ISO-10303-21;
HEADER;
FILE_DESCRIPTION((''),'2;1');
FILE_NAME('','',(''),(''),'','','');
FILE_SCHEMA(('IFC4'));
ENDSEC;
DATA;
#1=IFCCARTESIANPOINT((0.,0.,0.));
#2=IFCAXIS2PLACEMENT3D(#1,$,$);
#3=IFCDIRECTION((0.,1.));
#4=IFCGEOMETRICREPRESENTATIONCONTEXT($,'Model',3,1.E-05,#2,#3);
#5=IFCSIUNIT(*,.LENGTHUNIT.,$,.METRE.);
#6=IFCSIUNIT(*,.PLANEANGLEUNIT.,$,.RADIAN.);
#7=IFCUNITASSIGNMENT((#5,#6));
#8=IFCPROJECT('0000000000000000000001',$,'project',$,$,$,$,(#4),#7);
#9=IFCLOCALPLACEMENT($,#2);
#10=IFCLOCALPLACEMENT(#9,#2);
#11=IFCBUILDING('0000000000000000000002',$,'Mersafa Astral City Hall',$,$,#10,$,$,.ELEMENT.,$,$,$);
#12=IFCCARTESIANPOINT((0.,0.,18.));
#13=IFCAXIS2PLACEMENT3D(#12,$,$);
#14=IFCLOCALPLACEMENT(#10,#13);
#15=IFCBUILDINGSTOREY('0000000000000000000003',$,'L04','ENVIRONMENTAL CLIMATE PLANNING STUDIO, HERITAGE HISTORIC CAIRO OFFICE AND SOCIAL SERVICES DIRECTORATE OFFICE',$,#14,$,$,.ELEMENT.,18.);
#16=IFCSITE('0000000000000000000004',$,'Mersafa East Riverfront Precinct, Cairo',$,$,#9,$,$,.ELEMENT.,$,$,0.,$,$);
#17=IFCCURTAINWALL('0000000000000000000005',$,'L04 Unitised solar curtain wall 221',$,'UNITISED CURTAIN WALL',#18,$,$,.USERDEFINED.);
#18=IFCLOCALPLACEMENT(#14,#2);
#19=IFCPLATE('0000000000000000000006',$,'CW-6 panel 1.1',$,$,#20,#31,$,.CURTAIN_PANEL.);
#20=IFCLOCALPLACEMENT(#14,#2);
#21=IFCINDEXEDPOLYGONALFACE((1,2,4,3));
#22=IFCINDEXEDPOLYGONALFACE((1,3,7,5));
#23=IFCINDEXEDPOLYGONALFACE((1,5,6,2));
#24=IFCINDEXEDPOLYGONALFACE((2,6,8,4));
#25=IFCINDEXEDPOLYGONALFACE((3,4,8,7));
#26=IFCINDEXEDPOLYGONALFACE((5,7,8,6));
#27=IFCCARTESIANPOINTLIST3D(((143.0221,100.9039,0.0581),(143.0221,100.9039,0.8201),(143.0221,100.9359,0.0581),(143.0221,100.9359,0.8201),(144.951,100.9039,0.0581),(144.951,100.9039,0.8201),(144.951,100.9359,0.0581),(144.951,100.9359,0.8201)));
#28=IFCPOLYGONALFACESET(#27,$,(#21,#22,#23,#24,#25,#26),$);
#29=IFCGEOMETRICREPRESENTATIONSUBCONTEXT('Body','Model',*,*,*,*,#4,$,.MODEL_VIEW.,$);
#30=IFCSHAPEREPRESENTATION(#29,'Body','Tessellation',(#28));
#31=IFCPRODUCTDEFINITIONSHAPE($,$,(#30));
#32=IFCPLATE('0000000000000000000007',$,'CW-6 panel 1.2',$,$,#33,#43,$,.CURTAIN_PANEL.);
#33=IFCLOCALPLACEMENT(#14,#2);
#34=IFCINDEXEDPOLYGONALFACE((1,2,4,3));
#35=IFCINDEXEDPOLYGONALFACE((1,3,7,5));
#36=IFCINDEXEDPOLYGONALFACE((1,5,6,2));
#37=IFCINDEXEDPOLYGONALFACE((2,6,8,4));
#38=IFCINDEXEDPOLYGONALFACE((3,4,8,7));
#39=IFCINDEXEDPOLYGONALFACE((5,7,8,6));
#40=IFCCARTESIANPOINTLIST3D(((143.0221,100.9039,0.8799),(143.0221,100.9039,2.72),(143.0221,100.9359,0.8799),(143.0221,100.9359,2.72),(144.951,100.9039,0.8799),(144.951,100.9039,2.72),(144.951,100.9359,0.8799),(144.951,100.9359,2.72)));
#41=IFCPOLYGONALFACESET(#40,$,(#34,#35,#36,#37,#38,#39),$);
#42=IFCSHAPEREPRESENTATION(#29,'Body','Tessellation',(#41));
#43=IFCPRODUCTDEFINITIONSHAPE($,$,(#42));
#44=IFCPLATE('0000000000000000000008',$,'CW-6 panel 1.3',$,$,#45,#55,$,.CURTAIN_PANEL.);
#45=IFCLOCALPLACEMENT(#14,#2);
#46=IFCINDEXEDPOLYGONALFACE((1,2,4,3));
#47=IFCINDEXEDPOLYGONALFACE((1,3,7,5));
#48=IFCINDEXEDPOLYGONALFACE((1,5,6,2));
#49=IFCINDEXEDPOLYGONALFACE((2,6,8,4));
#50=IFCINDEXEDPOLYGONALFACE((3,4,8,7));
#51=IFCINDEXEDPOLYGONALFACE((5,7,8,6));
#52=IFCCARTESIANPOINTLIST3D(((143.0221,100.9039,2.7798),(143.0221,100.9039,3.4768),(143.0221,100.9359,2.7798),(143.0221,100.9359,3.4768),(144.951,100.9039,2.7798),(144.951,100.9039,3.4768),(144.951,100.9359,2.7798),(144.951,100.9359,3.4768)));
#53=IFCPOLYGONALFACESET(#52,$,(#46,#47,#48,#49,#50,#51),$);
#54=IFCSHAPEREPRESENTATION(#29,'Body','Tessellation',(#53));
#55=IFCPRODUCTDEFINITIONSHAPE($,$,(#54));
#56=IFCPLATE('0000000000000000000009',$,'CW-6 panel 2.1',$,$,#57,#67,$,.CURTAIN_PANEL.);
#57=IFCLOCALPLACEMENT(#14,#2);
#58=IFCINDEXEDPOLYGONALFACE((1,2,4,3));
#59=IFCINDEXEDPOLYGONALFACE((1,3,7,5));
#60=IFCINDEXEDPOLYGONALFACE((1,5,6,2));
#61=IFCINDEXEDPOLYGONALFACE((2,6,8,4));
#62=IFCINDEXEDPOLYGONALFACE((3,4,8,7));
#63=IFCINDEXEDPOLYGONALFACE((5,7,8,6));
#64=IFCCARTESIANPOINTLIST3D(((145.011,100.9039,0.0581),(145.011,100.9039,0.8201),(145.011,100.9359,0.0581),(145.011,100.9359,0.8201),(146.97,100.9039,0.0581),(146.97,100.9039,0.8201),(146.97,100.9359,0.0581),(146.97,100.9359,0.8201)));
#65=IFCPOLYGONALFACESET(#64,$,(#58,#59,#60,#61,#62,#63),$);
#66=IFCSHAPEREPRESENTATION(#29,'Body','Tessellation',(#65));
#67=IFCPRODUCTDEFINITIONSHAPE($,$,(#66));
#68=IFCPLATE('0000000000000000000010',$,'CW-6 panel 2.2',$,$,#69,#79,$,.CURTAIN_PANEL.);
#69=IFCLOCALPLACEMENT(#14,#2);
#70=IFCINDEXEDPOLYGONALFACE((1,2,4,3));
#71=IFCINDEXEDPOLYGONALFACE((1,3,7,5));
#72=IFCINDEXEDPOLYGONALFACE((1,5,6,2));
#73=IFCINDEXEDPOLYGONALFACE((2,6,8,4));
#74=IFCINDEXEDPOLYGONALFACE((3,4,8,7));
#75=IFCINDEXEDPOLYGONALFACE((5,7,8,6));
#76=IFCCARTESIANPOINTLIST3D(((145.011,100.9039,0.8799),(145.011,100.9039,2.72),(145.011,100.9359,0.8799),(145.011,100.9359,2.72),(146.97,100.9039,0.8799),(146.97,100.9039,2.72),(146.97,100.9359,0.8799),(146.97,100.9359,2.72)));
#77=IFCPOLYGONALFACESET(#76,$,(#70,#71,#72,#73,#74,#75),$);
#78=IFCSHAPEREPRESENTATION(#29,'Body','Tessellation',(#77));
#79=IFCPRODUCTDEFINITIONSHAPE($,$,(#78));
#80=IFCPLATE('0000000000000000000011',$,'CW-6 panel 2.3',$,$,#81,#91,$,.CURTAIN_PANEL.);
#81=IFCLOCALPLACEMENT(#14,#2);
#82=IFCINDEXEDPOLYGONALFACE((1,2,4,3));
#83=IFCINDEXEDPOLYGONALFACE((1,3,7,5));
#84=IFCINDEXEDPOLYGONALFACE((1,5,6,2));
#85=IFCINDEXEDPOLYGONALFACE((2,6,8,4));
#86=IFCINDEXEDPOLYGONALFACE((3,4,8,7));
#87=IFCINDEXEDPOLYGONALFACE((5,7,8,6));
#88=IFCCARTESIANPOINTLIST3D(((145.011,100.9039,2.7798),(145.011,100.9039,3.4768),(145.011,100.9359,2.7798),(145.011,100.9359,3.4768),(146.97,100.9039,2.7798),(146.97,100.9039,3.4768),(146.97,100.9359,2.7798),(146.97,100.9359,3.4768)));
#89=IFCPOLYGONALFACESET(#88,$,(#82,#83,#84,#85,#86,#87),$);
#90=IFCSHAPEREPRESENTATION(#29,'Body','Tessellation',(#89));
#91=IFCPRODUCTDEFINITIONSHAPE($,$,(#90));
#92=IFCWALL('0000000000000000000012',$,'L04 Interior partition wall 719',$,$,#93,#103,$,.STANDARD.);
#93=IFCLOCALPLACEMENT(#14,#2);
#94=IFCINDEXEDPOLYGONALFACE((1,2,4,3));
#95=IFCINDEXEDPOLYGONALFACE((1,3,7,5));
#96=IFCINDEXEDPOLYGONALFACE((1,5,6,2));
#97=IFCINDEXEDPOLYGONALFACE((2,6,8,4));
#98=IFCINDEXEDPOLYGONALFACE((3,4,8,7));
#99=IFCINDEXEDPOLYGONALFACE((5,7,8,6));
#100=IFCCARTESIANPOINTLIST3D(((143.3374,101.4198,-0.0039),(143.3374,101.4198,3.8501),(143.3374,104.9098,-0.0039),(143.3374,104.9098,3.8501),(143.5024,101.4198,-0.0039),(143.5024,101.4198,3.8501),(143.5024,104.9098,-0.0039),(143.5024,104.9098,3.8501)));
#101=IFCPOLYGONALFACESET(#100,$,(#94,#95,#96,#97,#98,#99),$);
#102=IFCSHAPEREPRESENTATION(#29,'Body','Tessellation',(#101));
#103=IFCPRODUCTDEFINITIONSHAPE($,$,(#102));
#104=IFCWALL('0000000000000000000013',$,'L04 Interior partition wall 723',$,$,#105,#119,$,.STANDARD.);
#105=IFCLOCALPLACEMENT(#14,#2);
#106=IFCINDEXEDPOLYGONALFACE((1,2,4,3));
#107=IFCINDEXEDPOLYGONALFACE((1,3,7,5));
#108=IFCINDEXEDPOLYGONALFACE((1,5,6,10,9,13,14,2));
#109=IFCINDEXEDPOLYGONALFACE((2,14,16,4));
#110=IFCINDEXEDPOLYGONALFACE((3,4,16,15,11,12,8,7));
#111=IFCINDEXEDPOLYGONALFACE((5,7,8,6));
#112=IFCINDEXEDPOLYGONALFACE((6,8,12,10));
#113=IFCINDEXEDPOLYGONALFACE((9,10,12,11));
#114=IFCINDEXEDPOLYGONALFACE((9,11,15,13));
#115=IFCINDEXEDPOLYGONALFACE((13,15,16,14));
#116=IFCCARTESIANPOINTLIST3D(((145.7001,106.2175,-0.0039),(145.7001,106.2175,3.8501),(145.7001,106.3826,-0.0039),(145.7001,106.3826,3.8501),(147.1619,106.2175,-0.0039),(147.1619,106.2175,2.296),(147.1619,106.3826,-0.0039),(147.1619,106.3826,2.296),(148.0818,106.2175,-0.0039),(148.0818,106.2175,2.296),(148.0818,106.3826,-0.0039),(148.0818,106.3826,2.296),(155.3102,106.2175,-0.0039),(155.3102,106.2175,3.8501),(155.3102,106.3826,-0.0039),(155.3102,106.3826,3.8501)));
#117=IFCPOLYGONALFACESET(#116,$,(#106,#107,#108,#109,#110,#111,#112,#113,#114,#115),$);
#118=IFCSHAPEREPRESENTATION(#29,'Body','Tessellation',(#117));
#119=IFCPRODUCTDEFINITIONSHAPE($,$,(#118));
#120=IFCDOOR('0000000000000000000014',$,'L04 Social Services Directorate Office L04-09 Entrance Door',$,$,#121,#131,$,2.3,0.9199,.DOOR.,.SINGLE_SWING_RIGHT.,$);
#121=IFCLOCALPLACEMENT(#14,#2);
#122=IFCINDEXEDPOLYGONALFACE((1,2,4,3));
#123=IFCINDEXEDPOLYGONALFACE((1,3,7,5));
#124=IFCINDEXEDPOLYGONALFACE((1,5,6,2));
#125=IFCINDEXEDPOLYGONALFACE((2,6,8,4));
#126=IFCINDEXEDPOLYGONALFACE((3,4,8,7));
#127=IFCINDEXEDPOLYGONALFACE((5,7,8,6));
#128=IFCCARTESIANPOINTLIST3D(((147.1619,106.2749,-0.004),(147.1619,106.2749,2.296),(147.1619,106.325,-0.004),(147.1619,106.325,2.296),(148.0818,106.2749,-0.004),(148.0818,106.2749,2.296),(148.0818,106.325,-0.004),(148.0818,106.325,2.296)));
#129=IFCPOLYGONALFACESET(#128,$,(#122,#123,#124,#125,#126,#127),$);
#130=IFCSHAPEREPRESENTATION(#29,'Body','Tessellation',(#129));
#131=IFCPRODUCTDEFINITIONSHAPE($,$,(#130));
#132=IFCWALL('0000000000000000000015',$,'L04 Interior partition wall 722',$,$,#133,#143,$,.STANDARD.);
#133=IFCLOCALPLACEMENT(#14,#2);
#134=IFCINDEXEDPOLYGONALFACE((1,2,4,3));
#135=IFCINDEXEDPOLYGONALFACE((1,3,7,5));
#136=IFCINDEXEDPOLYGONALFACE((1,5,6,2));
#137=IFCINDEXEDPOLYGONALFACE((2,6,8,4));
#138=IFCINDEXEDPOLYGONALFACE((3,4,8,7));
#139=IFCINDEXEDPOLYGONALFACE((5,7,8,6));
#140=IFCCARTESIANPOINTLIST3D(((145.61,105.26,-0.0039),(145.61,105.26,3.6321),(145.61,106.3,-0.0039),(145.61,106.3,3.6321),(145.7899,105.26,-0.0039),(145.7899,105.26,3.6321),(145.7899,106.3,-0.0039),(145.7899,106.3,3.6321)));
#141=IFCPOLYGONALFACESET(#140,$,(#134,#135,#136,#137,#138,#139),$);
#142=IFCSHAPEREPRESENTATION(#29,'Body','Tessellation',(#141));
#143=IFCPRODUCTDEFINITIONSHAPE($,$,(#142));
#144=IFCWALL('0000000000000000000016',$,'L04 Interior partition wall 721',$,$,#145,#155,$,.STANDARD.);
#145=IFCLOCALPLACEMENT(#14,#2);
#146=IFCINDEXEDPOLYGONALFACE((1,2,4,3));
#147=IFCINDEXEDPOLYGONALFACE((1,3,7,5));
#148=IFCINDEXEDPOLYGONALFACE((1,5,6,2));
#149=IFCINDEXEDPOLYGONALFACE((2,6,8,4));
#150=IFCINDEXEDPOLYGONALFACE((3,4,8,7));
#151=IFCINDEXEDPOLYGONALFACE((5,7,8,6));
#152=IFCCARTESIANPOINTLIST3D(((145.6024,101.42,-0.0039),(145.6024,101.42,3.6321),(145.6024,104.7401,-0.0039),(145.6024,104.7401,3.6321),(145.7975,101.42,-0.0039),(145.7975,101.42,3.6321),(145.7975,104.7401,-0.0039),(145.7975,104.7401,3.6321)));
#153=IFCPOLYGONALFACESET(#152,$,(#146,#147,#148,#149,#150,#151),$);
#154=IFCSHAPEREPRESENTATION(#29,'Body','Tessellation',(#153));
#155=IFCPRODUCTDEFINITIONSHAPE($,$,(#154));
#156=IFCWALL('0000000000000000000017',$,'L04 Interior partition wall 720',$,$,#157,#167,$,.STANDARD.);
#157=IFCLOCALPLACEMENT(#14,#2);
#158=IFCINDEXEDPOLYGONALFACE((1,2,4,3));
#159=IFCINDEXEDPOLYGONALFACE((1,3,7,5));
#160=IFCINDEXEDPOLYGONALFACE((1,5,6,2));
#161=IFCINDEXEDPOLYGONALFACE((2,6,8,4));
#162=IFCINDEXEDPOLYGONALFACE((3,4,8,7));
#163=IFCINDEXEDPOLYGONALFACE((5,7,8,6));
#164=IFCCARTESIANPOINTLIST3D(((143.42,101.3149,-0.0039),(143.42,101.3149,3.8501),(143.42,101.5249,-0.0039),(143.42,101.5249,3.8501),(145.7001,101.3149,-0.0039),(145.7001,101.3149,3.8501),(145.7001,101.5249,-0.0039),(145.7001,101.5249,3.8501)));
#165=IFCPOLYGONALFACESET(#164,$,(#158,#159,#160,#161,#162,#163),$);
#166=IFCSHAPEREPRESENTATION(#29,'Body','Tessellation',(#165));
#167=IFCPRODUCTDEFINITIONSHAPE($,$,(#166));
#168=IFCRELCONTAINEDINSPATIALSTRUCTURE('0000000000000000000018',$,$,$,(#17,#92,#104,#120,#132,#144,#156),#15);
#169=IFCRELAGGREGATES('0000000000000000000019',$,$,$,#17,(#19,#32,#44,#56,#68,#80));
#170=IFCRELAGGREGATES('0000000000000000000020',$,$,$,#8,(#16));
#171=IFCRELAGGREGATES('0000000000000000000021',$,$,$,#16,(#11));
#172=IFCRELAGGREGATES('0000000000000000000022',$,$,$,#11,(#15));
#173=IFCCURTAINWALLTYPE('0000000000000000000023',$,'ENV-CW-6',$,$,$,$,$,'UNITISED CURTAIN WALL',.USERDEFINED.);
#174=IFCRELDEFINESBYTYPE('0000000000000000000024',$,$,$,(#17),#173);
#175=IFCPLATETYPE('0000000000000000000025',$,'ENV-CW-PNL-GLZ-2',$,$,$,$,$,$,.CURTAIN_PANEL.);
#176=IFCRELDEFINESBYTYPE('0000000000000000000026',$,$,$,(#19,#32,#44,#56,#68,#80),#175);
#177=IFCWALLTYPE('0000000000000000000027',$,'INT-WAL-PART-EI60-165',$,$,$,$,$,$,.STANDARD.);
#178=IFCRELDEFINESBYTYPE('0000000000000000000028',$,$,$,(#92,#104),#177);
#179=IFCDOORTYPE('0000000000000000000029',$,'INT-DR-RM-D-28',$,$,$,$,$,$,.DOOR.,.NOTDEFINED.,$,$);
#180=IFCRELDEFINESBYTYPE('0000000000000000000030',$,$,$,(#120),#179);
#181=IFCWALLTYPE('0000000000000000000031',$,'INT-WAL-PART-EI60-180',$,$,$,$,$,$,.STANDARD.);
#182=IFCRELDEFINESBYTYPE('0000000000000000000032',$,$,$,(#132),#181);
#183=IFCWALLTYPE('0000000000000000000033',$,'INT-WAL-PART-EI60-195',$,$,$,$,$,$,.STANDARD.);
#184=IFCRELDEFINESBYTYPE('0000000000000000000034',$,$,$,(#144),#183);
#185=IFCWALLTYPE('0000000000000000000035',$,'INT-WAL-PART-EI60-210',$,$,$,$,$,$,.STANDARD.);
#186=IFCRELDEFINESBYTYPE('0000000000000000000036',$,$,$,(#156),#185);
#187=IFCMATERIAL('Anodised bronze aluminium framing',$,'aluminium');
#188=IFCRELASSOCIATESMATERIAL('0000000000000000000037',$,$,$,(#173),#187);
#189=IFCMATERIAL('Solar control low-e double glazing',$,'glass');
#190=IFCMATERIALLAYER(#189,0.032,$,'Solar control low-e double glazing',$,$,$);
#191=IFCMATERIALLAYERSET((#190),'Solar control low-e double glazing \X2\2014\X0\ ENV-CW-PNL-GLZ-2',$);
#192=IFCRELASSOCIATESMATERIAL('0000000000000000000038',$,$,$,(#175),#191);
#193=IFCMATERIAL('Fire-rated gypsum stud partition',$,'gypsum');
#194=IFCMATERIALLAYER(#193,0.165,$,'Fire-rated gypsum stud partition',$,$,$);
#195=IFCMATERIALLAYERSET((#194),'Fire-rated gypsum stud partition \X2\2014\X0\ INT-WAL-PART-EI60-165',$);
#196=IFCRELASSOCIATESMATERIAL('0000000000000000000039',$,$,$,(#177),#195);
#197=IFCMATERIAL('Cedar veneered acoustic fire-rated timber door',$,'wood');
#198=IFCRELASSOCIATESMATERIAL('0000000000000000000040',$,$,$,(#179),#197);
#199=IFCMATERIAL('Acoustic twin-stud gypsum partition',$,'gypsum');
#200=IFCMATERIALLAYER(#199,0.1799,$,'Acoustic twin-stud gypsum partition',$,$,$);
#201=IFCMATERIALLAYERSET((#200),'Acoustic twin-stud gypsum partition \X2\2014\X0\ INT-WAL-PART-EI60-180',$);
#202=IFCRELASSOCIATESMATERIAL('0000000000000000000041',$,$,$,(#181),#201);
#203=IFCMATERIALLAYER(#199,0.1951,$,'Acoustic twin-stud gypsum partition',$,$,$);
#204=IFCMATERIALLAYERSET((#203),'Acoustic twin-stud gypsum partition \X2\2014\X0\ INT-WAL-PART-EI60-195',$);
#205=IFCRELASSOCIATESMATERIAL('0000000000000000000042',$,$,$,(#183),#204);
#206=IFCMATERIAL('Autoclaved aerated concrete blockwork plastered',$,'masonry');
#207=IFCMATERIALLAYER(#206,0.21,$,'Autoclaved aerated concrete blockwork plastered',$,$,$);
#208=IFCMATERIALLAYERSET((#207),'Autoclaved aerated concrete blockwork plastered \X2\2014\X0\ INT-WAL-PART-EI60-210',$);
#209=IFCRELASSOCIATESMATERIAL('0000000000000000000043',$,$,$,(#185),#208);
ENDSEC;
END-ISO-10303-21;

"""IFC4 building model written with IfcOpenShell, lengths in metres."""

from ifc_helpers import new_model, si_unit, direction, frame, frame_2d, origin, origin_2d, place, context, subcontext, project, spatial, rectangle, extrude, material, layer, layer_set, type_object, element, fill, aggregate, save


model = new_model("IFC4")

# Units and contexts
model_context = context("Model", 3, precision=1e-05, world=origin(), true_north=direction((0.0, 1.0)))
body_context = subcontext(model_context, "Body", "Model", "MODEL_VIEW")
ifc_project = project(units=[si_unit("LENGTHUNIT", "METRE"), si_unit("PLANEANGLEUNIT", "RADIAN")], contexts=[model_context])

# Site, building, storey
site_placement = place(None, origin())
site = spatial("IfcSite", under=ifc_project, at=site_placement, Name="Mersafa East Riverfront Precinct, Cairo", CompositionType="ELEMENT", RefElevation=0.0)
building_placement = place(site_placement, origin())
building = spatial("IfcBuilding", under=site, at=building_placement, Name="Mersafa Astral City Hall", CompositionType="ELEMENT")
storey_placement = place(building_placement, frame((0.0, 0.0, 18.0)))
storey = spatial("IfcBuildingStorey", under=building, at=storey_placement, Name="L04", Description="ENVIRONMENTAL CLIMATE PLANNING STUDIO, HERITAGE HISTORIC CAIRO OFFICE AND SOCIAL SERVICES DIRECTORATE OFFICE", CompositionType="ELEMENT", Elevation=18.0)

# Shared definitions
ifc_material_1 = material(Name="Anodised bronze aluminium framing", Category="aluminium")

# Curtain wall
curtain_wall_type_1 = type_object("IfcCurtainWallType", Name="ENV-CW-6", ElementType="UNITISED CURTAIN WALL", PredefinedType="USERDEFINED", material=ifc_material_1)
curtain_wall_1_placement = place(storey_placement, origin())
curtain_wall_1 = element("IfcCurtainWall", 1, at=curtain_wall_1_placement, inside=storey, type_object=curtain_wall_type_1, Name="L04 Unitised solar curtain wall 221", ObjectType="UNITISED CURTAIN WALL", PredefinedType="USERDEFINED")

# Plates
ifc_material_2 = material(Name="Solar control low-e double glazing", Category="glass")
ifc_layer_1 = layer(ifc_material_2, 0.032, Name="Solar control low-e double glazing")
ifc_layer_set_1 = layer_set([ifc_layer_1], Name="Solar control low-e double glazing — ENV-CW-PNL-GLZ-2")
plate_type_1 = type_object("IfcPlateType", Name="ENV-CW-PNL-GLZ-2", PredefinedType="CURTAIN_PANEL", material=ifc_layer_set_1)
plate_1_placement = place(storey_placement, frame((143.9866, 100.9199, 0.0581), z_axis=(0.0, 0.0, 1.0), x_axis=(1.0, 0.0, 0.0)))
plate_1 = element("IfcPlate", 2, at=plate_1_placement, type_object=plate_type_1, Name="CW-6 panel 1.1", PredefinedType="CURTAIN_PANEL", context=body_context, shape_type="SweptSolid", body=[
    extrude(rectangle(XDim=1.929, YDim=0.032, at=origin_2d()), origin(), (0.0, 0.0, 1.0), 0.762),
])
plate_2_placement = place(storey_placement, frame((143.9866, 100.9199, 0.8799), z_axis=(0.0, 0.0, 1.0), x_axis=(1.0, 0.0, 0.0)))
plate_2 = element("IfcPlate", 3, at=plate_2_placement, type_object=plate_type_1, Name="CW-6 panel 1.2", PredefinedType="CURTAIN_PANEL", context=body_context, shape_type="SweptSolid", body=[
    extrude(rectangle(XDim=1.929, YDim=0.032, at=origin_2d()), origin(), (0.0, 0.0, 1.0), 1.8401),
])
plate_3_placement = place(storey_placement, frame((143.9866, 100.9199, 2.7798), z_axis=(0.0, 0.0, 1.0), x_axis=(1.0, 0.0, 0.0)))
plate_3 = element("IfcPlate", 4, at=plate_3_placement, type_object=plate_type_1, Name="CW-6 panel 1.3", PredefinedType="CURTAIN_PANEL", context=body_context, shape_type="SweptSolid", body=[
    extrude(rectangle(XDim=1.929, YDim=0.032, at=origin_2d()), origin(), (0.0, 0.0, 1.0), 0.697),
])
plate_4_placement = place(storey_placement, frame((145.9905, 100.9199, 0.0581), z_axis=(0.0, 0.0, 1.0), x_axis=(1.0, 0.0, 0.0)))
plate_4 = element("IfcPlate", 5, at=plate_4_placement, type_object=plate_type_1, Name="CW-6 panel 2.1", PredefinedType="CURTAIN_PANEL", context=body_context, shape_type="SweptSolid", body=[
    extrude(rectangle(XDim=1.959, YDim=0.032, at=origin_2d()), origin(), (0.0, 0.0, 1.0), 0.762),
])
plate_5_placement = place(storey_placement, frame((145.9905, 100.9199, 0.8799), z_axis=(0.0, 0.0, 1.0), x_axis=(1.0, 0.0, 0.0)))
plate_5 = element("IfcPlate", 6, at=plate_5_placement, type_object=plate_type_1, Name="CW-6 panel 2.2", PredefinedType="CURTAIN_PANEL", context=body_context, shape_type="SweptSolid", body=[
    extrude(rectangle(XDim=1.959, YDim=0.032, at=origin_2d()), origin(), (0.0, 0.0, 1.0), 1.8401),
])
plate_6_placement = place(storey_placement, frame((145.9905, 100.9199, 2.7798), z_axis=(0.0, 0.0, 1.0), x_axis=(1.0, 0.0, 0.0)))
plate_6 = element("IfcPlate", 7, at=plate_6_placement, type_object=plate_type_1, Name="CW-6 panel 2.3", PredefinedType="CURTAIN_PANEL", context=body_context, shape_type="SweptSolid", body=[
    extrude(rectangle(XDim=1.959, YDim=0.032, at=origin_2d()), origin(), (0.0, 0.0, 1.0), 0.697),
])
aggregate(curtain_wall_1, [plate_1, plate_2, plate_3, plate_4, plate_5, plate_6])

# Wall
ifc_material_3 = material(Name="Fire-rated gypsum stud partition", Category="gypsum")
ifc_layer_2 = layer(ifc_material_3, 0.165, Name="Fire-rated gypsum stud partition")
ifc_layer_set_2 = layer_set([ifc_layer_2], Name="Fire-rated gypsum stud partition — INT-WAL-PART-EI60-165")
wall_type_1 = type_object("IfcWallType", Name="INT-WAL-PART-EI60-165", PredefinedType="STANDARD", material=ifc_layer_set_2)
wall_1_placement = place(storey_placement, frame((143.4199, 104.9099, -0.0039), z_axis=(0.0, 0.0, 1.0), x_axis=(0.0, -1.0, 0.0)))
element("IfcWall", 8, at=wall_1_placement, inside=storey, type_object=wall_type_1, Name="L04 Interior partition wall 719", PredefinedType="STANDARD", context=body_context, shape_type="SweptSolid", body=[
    extrude(rectangle(XDim=3.49, YDim=0.165, at=frame_2d((1.7451, 0.0))), origin(), (0.0, 0.0, 1.0), 3.854),
])

# Wall, opening, door
wall_2_placement = place(storey_placement, frame((145.7, 106.3, -0.0039), z_axis=(0.0, 0.0, 1.0), x_axis=(1.0, 0.0, 0.0)))
wall_2 = element("IfcWall", 9, at=wall_2_placement, inside=storey, type_object=wall_type_1, Name="L04 Interior partition wall 723", PredefinedType="STANDARD", context=body_context, shape_type="SweptSolid", body=[
    extrude(rectangle(XDim=9.6101, YDim=0.165, at=frame_2d((4.8052, 0.0))), origin(), (0.0, 0.0, 1.0), 3.854),
])
opening_placement = place(wall_2_placement, frame((1.4619, 0.0, 0.0)))
opening = element("IfcOpeningElement", 10, at=opening_placement, cuts=wall_2, PredefinedType="OPENING", context=body_context, shape_type="SweptSolid", body=[
    extrude(rectangle(XDim=0.9199, YDim=2.3, at=frame_2d((0.46, 1.1499))), frame((0.0, 0.0925, 0.0), z_axis=(0.0, -1.0, 0.0), x_axis=(1.0, 0.0, 0.0)), (0.0, 0.0, 1.0), 0.1851),
])
ifc_material_4 = material(Name="Cedar veneered acoustic fire-rated timber door", Category="wood")
door_type = type_object("IfcDoorType", Name="INT-DR-RM-D-28", OperationType="NOTDEFINED", PredefinedType="DOOR", material=ifc_material_4)
door_placement = place(opening_placement, origin())
door = element("IfcDoor", 11, at=door_placement, inside=storey, type_object=door_type, Name="L04 Social Services Directorate Office L04-09 Entrance Door", OperationType="SINGLE_SWING_RIGHT", OverallHeight=2.3, OverallWidth=0.9199, PredefinedType="DOOR", context=body_context, shape_type="SweptSolid", body=[
    extrude(rectangle(XDim=0.9199, YDim=2.3, at=frame_2d((0.46, 1.1499))), frame((0.0, 0.0249, 0.0), z_axis=(0.0, -1.0, 0.0), x_axis=(1.0, 0.0, 0.0)), (0.0, 0.0, 1.0), 0.05),
])
fill(opening, door)

# Walls
ifc_material_5 = material(Name="Acoustic twin-stud gypsum partition", Category="gypsum")
ifc_layer_3 = layer(ifc_material_5, 0.1799, Name="Acoustic twin-stud gypsum partition")
ifc_layer_set_3 = layer_set([ifc_layer_3], Name="Acoustic twin-stud gypsum partition — INT-WAL-PART-EI60-180")
wall_type_2 = type_object("IfcWallType", Name="INT-WAL-PART-EI60-180", PredefinedType="STANDARD", material=ifc_layer_set_3)
wall_3_placement = place(storey_placement, frame((145.7, 105.26, -0.0039), z_axis=(0.0, 0.0, 1.0), x_axis=(0.0, 1.0, 0.0)))
element("IfcWall", 12, at=wall_3_placement, inside=storey, type_object=wall_type_2, Name="L04 Interior partition wall 722", PredefinedType="STANDARD", context=body_context, shape_type="SweptSolid", body=[
    extrude(rectangle(XDim=1.04, YDim=0.1799, at=frame_2d((0.52, 0.0))), origin(), (0.0, 0.0, 1.0), 3.636),
])
ifc_layer_4 = layer(ifc_material_5, 0.1951, Name="Acoustic twin-stud gypsum partition")
ifc_layer_set_4 = layer_set([ifc_layer_4], Name="Acoustic twin-stud gypsum partition — INT-WAL-PART-EI60-195")
wall_type_3 = type_object("IfcWallType", Name="INT-WAL-PART-EI60-195", PredefinedType="STANDARD", material=ifc_layer_set_4)
wall_4_placement = place(storey_placement, frame((145.7, 101.4199, -0.0039), z_axis=(0.0, 0.0, 1.0), x_axis=(0.0, 1.0, 0.0)))
element("IfcWall", 13, at=wall_4_placement, inside=storey, type_object=wall_type_3, Name="L04 Interior partition wall 721", PredefinedType="STANDARD", context=body_context, shape_type="SweptSolid", body=[
    extrude(rectangle(XDim=3.3201, YDim=0.1951, at=frame_2d((1.6602, 0.0))), origin(), (0.0, 0.0, 1.0), 3.636),
])
ifc_material_6 = material(Name="Autoclaved aerated concrete blockwork plastered", Category="masonry")
ifc_layer_5 = layer(ifc_material_6, 0.21, Name="Autoclaved aerated concrete blockwork plastered")
ifc_layer_set_5 = layer_set([ifc_layer_5], Name="Autoclaved aerated concrete blockwork plastered — INT-WAL-PART-EI60-210")
wall_type_4 = type_object("IfcWallType", Name="INT-WAL-PART-EI60-210", PredefinedType="STANDARD", material=ifc_layer_set_5)
wall_5_placement = place(storey_placement, frame((143.4199, 101.4199, -0.0039), z_axis=(0.0, 0.0, 1.0), x_axis=(1.0, 0.0, 0.0)))
element("IfcWall", 14, at=wall_5_placement, inside=storey, type_object=wall_type_4, Name="L04 Interior partition wall 720", PredefinedType="STANDARD", context=body_context, shape_type="SweptSolid", body=[
    extrude(rectangle(XDim=2.28, YDim=0.21, at=frame_2d((1.1401, 0.0))), origin(), (0.0, 0.0, 1.0), 3.854),
])

save(model, "model.ifc")
